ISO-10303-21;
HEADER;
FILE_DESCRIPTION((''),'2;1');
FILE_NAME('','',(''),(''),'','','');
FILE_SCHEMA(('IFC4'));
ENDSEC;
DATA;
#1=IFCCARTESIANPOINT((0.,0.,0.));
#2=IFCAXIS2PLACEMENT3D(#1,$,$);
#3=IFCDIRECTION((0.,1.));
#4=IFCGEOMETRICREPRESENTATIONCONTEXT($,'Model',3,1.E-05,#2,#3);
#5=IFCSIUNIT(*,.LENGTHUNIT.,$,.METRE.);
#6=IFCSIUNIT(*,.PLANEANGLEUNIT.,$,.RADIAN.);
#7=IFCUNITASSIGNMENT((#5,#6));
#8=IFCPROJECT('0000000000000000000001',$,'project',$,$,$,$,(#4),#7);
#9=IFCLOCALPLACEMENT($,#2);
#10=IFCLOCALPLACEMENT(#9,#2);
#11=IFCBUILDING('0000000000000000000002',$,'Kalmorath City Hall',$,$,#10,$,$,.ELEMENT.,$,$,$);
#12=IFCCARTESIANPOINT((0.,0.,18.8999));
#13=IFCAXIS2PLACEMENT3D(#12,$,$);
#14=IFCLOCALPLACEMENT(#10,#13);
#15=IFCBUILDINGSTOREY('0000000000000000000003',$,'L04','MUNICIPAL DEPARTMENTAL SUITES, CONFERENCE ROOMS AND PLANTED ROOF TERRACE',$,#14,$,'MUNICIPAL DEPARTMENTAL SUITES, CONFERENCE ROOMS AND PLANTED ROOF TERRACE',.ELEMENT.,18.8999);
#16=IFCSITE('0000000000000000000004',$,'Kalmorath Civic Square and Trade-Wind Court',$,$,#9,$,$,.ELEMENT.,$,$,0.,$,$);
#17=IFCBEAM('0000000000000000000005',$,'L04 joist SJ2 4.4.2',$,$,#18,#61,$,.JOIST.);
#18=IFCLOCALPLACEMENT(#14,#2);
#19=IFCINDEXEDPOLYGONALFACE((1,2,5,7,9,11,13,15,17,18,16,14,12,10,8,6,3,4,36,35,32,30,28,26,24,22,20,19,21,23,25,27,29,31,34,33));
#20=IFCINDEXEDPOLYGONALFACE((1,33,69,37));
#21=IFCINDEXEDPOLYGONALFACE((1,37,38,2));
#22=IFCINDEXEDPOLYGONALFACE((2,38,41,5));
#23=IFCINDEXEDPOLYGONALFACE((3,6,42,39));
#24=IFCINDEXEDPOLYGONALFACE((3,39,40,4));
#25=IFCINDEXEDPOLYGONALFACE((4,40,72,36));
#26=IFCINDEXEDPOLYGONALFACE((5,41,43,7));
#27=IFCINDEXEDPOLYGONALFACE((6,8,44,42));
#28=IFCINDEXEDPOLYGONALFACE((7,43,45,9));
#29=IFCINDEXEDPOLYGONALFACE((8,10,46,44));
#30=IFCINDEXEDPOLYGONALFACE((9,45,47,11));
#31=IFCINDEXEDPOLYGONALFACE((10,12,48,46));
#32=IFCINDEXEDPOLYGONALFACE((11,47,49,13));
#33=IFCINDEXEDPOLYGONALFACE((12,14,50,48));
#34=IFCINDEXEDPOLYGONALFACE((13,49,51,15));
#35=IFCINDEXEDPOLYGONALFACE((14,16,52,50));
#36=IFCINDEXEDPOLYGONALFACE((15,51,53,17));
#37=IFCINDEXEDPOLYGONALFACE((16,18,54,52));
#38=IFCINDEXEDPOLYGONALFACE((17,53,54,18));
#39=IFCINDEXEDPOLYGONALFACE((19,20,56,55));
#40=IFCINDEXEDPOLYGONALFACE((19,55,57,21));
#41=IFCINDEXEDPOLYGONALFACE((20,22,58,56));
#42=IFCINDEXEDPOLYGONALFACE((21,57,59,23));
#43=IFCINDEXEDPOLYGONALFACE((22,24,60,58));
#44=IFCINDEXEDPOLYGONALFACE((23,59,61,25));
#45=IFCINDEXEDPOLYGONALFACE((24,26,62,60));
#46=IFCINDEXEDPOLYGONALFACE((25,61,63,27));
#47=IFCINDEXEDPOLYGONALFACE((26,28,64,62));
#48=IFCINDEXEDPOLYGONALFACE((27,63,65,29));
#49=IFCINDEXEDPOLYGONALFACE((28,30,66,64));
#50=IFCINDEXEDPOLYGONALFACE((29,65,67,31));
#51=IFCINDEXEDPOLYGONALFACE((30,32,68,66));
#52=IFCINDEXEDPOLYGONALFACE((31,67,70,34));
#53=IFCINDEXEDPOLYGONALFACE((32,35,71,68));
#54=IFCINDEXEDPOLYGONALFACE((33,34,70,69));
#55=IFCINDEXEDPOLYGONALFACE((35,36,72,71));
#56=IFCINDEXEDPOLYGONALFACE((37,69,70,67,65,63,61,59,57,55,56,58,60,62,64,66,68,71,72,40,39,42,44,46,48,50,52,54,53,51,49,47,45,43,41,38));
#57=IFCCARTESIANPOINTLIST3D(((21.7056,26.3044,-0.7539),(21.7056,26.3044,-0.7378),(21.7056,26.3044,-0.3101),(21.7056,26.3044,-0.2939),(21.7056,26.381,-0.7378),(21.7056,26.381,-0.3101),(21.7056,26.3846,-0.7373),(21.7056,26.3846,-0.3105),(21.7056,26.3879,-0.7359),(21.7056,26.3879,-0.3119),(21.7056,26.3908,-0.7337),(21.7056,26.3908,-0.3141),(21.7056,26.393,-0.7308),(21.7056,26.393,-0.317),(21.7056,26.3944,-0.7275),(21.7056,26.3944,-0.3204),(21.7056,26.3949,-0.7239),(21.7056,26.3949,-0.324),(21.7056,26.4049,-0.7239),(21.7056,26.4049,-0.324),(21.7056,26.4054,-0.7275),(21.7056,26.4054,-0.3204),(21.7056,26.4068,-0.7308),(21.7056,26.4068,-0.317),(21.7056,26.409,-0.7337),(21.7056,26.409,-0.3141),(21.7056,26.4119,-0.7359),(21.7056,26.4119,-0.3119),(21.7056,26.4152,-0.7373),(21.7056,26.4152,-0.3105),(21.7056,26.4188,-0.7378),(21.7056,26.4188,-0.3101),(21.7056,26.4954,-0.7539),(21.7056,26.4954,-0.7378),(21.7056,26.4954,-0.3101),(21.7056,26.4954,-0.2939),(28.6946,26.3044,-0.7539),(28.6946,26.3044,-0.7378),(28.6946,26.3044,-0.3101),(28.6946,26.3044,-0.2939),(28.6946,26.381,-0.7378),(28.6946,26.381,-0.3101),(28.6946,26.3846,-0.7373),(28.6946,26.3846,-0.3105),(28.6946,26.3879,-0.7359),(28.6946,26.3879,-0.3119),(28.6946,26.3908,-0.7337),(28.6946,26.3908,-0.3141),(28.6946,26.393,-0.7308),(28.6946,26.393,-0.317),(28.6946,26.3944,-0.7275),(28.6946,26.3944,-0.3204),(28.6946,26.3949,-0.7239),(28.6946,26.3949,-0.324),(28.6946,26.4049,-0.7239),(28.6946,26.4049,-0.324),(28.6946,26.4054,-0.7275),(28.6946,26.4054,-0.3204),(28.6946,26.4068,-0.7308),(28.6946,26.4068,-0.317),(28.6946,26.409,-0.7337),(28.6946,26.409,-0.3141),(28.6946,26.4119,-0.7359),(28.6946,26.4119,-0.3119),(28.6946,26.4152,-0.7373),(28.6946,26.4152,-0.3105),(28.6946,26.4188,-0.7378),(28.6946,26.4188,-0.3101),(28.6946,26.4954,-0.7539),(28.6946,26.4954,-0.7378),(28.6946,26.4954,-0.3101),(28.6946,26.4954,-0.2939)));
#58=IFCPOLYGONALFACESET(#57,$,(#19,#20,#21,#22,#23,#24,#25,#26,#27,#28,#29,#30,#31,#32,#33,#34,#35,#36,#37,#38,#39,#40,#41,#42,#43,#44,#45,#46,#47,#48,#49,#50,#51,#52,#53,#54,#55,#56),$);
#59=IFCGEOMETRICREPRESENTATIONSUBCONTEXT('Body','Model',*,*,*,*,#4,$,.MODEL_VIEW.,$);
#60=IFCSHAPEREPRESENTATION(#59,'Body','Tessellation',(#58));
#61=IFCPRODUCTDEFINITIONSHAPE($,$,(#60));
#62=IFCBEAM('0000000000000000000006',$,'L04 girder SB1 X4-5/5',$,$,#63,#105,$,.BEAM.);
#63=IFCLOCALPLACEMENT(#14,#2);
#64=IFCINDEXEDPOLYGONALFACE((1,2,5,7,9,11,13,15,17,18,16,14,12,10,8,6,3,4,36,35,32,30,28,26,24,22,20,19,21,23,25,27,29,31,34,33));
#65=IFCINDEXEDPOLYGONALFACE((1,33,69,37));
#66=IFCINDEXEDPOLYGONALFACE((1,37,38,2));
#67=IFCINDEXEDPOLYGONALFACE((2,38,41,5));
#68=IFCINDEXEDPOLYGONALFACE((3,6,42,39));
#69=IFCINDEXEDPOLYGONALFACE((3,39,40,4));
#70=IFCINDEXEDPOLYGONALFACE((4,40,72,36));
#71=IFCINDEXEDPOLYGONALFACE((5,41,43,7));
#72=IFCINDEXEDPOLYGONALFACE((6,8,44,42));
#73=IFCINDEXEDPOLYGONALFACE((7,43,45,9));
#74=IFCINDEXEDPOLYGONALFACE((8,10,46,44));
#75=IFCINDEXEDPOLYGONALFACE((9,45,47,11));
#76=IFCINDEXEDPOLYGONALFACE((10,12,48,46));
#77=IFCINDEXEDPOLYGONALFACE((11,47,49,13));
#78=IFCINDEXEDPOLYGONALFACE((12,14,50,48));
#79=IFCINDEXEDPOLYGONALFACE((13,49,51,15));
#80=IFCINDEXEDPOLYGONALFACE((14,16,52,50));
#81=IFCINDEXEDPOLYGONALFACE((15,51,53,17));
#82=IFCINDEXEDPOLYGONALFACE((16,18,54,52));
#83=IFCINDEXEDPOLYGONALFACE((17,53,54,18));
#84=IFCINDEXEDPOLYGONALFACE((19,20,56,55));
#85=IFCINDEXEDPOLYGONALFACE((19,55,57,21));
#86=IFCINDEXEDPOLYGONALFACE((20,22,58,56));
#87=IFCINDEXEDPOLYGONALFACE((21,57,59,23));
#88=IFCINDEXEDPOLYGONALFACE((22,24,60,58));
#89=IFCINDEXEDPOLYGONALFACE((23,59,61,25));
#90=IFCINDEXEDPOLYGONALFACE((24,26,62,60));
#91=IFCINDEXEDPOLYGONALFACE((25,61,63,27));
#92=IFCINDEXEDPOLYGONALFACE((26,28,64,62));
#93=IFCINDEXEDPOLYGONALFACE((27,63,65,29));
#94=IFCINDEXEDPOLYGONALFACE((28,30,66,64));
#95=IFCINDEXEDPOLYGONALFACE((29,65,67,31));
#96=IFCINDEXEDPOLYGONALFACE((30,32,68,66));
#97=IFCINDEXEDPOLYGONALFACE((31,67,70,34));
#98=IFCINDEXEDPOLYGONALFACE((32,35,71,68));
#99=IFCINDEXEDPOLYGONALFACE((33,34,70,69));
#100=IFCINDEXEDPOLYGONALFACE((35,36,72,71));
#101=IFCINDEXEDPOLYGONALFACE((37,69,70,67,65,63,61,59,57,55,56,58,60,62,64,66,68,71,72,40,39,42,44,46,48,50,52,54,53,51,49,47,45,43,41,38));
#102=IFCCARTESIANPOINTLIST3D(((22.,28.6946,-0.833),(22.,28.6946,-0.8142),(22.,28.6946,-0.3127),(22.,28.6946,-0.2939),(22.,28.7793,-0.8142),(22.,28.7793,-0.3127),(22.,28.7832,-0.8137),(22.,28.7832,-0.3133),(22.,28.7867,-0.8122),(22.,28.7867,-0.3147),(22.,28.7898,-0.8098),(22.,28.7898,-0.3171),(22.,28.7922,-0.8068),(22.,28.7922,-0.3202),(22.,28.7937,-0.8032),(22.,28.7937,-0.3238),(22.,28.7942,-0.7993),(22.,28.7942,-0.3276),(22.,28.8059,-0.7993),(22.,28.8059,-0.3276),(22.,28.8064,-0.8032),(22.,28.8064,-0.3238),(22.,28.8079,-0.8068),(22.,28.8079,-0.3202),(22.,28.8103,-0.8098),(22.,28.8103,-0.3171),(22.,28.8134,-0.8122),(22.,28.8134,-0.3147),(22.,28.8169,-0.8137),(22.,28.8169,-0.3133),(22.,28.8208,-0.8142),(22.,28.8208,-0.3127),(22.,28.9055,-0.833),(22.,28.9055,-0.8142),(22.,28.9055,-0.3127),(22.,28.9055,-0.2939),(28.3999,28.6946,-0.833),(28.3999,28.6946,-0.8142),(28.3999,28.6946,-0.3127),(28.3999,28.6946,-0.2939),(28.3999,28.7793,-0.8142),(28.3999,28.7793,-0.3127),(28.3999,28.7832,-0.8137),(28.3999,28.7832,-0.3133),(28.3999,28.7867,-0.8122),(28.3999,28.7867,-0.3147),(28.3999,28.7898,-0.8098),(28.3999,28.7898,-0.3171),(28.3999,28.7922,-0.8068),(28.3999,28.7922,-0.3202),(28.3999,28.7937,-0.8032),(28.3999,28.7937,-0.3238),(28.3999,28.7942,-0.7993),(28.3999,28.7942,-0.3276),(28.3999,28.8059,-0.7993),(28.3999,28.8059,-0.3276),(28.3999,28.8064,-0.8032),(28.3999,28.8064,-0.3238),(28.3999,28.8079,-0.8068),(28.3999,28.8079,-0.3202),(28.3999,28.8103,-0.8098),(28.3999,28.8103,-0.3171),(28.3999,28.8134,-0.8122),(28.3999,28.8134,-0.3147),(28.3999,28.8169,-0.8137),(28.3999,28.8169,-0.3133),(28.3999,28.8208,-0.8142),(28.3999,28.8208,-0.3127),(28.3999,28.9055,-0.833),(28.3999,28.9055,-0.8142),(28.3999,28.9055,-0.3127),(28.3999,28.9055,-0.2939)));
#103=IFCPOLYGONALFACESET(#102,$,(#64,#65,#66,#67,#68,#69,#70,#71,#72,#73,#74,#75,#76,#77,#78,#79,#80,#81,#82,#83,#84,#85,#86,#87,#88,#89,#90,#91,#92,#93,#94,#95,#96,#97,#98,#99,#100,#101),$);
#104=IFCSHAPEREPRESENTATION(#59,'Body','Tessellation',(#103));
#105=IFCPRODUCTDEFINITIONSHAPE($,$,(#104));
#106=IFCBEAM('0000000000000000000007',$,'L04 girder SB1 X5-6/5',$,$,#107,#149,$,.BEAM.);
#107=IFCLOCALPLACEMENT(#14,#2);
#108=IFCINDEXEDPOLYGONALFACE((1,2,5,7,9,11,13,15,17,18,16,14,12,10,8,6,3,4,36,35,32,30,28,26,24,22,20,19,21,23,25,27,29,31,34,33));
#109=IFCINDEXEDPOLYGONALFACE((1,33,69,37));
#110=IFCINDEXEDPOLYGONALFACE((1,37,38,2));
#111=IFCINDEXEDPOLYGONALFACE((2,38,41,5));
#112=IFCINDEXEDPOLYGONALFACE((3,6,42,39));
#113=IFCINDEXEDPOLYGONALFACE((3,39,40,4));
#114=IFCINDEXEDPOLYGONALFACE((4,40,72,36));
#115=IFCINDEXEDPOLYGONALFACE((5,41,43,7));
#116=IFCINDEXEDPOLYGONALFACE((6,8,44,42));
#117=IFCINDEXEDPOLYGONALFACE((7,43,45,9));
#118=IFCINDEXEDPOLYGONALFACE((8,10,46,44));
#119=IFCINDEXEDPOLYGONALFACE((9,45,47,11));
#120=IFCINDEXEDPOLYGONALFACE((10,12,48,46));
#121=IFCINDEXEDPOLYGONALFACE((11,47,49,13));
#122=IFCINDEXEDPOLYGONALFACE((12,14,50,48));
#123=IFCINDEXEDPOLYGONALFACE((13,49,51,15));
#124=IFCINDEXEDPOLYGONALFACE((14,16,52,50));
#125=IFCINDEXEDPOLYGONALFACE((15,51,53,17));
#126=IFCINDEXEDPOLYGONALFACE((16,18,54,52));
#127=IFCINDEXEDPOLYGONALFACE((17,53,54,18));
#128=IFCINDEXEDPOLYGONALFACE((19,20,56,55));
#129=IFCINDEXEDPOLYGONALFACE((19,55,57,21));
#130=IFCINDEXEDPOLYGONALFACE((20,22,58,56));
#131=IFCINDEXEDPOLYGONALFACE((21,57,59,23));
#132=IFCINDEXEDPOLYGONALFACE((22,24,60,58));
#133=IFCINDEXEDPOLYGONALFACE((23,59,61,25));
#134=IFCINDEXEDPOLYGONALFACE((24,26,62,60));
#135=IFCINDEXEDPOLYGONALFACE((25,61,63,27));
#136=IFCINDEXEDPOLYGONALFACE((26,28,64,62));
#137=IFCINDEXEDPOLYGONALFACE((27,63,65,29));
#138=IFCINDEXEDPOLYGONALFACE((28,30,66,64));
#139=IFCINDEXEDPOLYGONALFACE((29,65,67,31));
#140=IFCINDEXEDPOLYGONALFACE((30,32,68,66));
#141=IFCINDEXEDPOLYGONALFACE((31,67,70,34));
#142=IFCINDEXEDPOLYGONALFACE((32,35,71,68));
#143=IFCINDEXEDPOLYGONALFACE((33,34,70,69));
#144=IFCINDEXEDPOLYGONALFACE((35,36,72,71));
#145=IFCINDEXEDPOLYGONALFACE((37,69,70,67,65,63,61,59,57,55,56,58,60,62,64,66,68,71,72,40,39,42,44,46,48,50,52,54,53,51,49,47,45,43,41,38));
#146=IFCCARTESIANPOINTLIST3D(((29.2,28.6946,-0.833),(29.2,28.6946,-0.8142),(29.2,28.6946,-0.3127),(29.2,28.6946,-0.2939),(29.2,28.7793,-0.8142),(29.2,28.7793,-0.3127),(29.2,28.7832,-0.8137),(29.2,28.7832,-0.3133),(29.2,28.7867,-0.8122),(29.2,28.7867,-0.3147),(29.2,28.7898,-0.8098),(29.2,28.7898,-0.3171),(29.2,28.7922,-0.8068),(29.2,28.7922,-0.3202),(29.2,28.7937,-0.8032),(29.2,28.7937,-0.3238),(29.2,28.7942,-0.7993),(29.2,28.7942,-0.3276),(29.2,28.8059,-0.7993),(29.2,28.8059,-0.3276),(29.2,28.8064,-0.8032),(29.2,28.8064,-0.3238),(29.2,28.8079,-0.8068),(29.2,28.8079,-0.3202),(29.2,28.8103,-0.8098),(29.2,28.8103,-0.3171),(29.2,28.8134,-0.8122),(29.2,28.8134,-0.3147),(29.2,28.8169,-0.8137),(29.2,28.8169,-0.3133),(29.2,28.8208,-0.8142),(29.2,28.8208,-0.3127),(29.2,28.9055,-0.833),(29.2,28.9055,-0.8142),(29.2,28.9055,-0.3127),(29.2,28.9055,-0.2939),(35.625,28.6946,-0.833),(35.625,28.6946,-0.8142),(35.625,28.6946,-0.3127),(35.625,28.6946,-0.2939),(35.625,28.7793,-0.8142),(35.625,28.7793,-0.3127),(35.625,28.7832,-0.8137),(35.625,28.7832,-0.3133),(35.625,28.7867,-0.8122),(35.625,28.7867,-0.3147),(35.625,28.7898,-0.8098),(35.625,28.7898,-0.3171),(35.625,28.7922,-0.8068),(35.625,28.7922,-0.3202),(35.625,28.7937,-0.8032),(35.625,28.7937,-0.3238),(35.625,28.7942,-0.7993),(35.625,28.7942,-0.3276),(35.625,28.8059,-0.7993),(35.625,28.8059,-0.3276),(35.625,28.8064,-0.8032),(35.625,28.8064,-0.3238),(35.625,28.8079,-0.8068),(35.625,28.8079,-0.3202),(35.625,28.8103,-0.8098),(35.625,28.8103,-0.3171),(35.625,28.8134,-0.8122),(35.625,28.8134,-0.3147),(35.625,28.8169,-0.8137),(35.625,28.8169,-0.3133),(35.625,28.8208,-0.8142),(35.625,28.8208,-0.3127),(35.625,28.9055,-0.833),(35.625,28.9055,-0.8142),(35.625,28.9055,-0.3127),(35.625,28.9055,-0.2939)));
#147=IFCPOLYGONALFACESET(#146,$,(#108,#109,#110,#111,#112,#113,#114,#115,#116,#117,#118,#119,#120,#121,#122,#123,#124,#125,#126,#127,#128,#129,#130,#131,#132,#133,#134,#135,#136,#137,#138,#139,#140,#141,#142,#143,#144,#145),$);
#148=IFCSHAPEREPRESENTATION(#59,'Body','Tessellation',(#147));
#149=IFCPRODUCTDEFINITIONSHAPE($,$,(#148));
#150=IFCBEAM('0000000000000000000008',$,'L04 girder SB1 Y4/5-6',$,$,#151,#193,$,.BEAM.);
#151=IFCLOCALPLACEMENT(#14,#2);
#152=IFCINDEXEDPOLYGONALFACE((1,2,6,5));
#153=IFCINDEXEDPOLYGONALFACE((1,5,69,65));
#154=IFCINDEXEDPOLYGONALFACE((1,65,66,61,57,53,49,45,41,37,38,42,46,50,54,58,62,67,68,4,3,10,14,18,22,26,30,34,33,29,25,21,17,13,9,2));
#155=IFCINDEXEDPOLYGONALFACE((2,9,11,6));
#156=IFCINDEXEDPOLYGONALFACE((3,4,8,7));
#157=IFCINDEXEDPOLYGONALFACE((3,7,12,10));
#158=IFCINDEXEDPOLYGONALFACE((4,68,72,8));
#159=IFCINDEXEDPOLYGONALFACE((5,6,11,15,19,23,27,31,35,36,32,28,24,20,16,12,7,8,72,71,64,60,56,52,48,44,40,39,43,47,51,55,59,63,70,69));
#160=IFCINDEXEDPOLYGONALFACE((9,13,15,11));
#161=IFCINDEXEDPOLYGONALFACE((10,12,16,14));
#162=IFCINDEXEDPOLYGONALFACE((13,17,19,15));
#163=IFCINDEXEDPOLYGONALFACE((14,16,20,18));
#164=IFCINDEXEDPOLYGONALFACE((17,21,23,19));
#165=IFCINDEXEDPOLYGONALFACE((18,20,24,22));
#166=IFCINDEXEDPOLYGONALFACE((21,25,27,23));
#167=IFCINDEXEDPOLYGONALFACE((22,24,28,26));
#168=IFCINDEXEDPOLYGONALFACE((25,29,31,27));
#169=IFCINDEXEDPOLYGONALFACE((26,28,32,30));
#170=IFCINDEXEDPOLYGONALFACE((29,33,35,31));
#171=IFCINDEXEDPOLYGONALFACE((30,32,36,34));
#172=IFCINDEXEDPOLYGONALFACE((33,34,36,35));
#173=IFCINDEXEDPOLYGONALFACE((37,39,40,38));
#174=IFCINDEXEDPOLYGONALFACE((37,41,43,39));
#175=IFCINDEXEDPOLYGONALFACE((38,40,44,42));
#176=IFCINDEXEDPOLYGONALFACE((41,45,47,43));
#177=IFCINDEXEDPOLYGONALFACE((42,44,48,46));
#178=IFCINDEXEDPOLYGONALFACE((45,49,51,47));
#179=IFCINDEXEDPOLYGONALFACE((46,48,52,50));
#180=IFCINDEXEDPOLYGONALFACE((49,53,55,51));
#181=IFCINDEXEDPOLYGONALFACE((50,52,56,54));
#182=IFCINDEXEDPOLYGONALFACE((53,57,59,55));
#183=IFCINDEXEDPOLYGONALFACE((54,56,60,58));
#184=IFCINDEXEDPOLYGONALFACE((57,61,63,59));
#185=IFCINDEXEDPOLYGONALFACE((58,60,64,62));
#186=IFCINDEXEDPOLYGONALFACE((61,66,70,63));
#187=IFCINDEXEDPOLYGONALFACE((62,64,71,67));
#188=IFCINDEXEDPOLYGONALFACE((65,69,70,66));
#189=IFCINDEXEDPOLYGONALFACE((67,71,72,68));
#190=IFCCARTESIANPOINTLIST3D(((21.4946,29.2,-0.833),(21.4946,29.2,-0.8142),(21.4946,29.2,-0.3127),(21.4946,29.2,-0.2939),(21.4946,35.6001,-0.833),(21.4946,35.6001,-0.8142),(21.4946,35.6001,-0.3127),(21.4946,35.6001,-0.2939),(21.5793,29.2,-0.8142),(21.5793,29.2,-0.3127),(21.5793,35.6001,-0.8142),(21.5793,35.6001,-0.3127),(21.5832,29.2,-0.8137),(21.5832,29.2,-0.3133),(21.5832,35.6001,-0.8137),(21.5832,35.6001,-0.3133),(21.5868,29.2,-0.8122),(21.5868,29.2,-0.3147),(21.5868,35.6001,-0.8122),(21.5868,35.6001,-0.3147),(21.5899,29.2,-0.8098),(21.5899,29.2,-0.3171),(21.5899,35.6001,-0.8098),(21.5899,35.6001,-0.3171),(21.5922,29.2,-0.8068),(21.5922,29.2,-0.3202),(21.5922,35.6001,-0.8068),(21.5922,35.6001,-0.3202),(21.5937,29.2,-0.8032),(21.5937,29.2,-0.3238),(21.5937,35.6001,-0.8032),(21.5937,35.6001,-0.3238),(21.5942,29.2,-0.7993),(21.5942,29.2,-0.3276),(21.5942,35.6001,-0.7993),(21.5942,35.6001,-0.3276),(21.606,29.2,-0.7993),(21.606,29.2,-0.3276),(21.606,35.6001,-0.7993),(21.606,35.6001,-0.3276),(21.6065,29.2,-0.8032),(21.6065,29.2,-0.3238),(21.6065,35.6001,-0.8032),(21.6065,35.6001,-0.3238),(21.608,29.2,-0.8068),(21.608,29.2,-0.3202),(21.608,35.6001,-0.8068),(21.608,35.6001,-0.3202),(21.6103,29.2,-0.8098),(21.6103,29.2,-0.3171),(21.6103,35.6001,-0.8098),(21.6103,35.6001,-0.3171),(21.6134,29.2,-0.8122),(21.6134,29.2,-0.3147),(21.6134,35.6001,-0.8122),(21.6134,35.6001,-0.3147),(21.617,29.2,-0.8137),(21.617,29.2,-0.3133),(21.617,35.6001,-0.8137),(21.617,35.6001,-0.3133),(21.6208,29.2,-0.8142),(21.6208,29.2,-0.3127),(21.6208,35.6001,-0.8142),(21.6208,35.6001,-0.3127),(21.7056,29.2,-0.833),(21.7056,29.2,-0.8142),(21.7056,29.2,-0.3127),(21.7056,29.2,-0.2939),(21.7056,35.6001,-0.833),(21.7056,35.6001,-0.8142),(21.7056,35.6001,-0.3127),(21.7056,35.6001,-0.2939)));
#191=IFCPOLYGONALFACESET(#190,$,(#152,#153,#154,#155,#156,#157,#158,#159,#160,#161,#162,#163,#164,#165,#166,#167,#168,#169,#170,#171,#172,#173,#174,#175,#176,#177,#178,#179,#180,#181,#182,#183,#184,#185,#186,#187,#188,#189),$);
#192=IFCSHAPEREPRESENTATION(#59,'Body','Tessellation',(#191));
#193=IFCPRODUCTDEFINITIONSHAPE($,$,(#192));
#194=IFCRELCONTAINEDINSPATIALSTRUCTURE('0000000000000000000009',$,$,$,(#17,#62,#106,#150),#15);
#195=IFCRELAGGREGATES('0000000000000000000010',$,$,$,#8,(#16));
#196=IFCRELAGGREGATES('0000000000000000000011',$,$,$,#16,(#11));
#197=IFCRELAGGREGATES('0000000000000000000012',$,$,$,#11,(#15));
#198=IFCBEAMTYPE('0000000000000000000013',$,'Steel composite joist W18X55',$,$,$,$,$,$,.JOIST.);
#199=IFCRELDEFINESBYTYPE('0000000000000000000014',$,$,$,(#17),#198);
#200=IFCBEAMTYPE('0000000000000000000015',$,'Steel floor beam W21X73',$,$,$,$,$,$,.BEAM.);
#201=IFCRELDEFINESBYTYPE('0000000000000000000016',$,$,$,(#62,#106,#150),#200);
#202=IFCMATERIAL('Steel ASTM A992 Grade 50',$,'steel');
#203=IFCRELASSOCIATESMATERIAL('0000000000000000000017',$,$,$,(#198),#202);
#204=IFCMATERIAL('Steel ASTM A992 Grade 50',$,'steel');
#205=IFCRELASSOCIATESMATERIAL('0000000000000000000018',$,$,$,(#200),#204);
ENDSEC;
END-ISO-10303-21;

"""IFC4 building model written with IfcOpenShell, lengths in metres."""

from ifc_helpers import new_model, si_unit, direction, frame, origin, origin_2d, place, context, subcontext, project, spatial, i_section, extrude, material, material_profile, profile_set, type_object, element, save


model = new_model("IFC4")

# Units and contexts
model_context = context("Model", 3, precision=1e-05, world=origin(), true_north=direction((0.0, 1.0)))
body_context = subcontext(model_context, "Body", "Model", "MODEL_VIEW")
ifc_project = project(units=[si_unit("LENGTHUNIT", "METRE"), si_unit("PLANEANGLEUNIT", "RADIAN")], contexts=[model_context])

# Site, building, storey
site_placement = place(None, origin())
site = spatial("IfcSite", under=ifc_project, at=site_placement, Name="Kalmorath Civic Square and Trade-Wind Court", CompositionType="ELEMENT", RefElevation=0.0)
building_placement = place(site_placement, origin())
building = spatial("IfcBuilding", under=site, at=building_placement, Name="Kalmorath City Hall", CompositionType="ELEMENT")
storey_placement = place(building_placement, frame((0.0, 0.0, 18.8999)))
storey = spatial("IfcBuildingStorey", under=building, at=storey_placement, Name="L04", Description="MUNICIPAL DEPARTMENTAL SUITES, CONFERENCE ROOMS AND PLANTED ROOF TERRACE", LongName="MUNICIPAL DEPARTMENTAL SUITES, CONFERENCE ROOMS AND PLANTED ROOF TERRACE", CompositionType="ELEMENT", Elevation=18.8999)

# Beams
ifc_material_1 = material(Name="Steel ASTM A992 Grade 50", Category="steel")
ifc_material_profile_1 = material_profile(ifc_material_1, i_section(OverallWidth=0.1909, OverallDepth=0.46, WebThickness=0.01, FlangeThickness=0.0161, FilletRadius=0.0139, at=origin_2d()), Name="W18X55")
ifc_profile_set_1 = profile_set([ifc_material_profile_1], Name="Steel ASTM A992 Grade 50")
beam_type_1 = type_object("IfcBeamType", Name="Steel composite joist W18X55", PredefinedType="JOIST", material=ifc_profile_set_1)
for number, where, z_axis, x_axis, name in (
    (1, (21.7056, 26.3999, -0.5239), (1.0, 0.0, 0.0), (0.0, 1.0, 0.0), "L04 joist SJ2 4.4.2"),
):
    element("IfcBeam", number, at=place(storey_placement, frame(where, z_axis=z_axis, x_axis=x_axis)), inside=storey, type_object=beam_type_1, Name=name, PredefinedType="JOIST", context=body_context, shape_type="SweptSolid", body=[
        extrude(i_section(OverallWidth=0.1909, OverallDepth=0.46, WebThickness=0.01, FlangeThickness=0.0161, FilletRadius=0.0139, at=origin_2d()), origin(), (0.0, 0.0, 1.0), 6.989),
    ])
ifc_material_2 = material(Name="Steel ASTM A992 Grade 50", Category="steel")
ifc_material_profile_2 = material_profile(ifc_material_2, i_section(OverallWidth=0.2109, OverallDepth=0.5391, WebThickness=0.0117, FlangeThickness=0.0188, FilletRadius=0.0149, at=origin_2d()), Name="W21X73")
ifc_profile_set_2 = profile_set([ifc_material_profile_2], Name="Steel ASTM A992 Grade 50")
beam_type_2 = type_object("IfcBeamType", Name="Steel floor beam W21X73", PredefinedType="BEAM", material=ifc_profile_set_2)
beam_1_placement = place(storey_placement, frame((22.0, 28.8, -0.5635), z_axis=(1.0, 0.0, 0.0), x_axis=(0.0, 1.0, 0.0)))
element("IfcBeam", 2, at=beam_1_placement, inside=storey, type_object=beam_type_2, Name="L04 girder SB1 X4-5/5", PredefinedType="BEAM", context=body_context, shape_type="SweptSolid", body=[
    extrude(i_section(OverallWidth=0.2109, OverallDepth=0.5391, WebThickness=0.0117, FlangeThickness=0.0188, FilletRadius=0.0149, at=origin_2d()), origin(), (0.0, 0.0, 1.0), 6.3999),
])
beam_2_placement = place(storey_placement, frame((29.2, 28.8, -0.5635), z_axis=(1.0, 0.0, 0.0), x_axis=(0.0, 1.0, 0.0)))
element("IfcBeam", 3, at=beam_2_placement, inside=storey, type_object=beam_type_2, Name="L04 girder SB1 X5-6/5", PredefinedType="BEAM", context=body_context, shape_type="SweptSolid", body=[
    extrude(i_section(OverallWidth=0.2109, OverallDepth=0.5391, WebThickness=0.0117, FlangeThickness=0.0188, FilletRadius=0.0149, at=origin_2d()), origin(), (0.0, 0.0, 1.0), 6.425),
])
beam_3_placement = place(storey_placement, frame((21.6001, 29.2, -0.5635), z_axis=(0.0, 1.0, 0.0), x_axis=(-1.0, 0.0, 0.0)))
element("IfcBeam", 4, at=beam_3_placement, inside=storey, type_object=beam_type_2, Name="L04 girder SB1 Y4/5-6", PredefinedType="BEAM", context=body_context, shape_type="SweptSolid", body=[
    extrude(i_section(OverallWidth=0.2109, OverallDepth=0.5391, WebThickness=0.0117, FlangeThickness=0.0188, FilletRadius=0.0149, at=origin_2d()), origin(), (0.0, 0.0, 1.0), 6.4001),
])

save(model, "model.ifc")
